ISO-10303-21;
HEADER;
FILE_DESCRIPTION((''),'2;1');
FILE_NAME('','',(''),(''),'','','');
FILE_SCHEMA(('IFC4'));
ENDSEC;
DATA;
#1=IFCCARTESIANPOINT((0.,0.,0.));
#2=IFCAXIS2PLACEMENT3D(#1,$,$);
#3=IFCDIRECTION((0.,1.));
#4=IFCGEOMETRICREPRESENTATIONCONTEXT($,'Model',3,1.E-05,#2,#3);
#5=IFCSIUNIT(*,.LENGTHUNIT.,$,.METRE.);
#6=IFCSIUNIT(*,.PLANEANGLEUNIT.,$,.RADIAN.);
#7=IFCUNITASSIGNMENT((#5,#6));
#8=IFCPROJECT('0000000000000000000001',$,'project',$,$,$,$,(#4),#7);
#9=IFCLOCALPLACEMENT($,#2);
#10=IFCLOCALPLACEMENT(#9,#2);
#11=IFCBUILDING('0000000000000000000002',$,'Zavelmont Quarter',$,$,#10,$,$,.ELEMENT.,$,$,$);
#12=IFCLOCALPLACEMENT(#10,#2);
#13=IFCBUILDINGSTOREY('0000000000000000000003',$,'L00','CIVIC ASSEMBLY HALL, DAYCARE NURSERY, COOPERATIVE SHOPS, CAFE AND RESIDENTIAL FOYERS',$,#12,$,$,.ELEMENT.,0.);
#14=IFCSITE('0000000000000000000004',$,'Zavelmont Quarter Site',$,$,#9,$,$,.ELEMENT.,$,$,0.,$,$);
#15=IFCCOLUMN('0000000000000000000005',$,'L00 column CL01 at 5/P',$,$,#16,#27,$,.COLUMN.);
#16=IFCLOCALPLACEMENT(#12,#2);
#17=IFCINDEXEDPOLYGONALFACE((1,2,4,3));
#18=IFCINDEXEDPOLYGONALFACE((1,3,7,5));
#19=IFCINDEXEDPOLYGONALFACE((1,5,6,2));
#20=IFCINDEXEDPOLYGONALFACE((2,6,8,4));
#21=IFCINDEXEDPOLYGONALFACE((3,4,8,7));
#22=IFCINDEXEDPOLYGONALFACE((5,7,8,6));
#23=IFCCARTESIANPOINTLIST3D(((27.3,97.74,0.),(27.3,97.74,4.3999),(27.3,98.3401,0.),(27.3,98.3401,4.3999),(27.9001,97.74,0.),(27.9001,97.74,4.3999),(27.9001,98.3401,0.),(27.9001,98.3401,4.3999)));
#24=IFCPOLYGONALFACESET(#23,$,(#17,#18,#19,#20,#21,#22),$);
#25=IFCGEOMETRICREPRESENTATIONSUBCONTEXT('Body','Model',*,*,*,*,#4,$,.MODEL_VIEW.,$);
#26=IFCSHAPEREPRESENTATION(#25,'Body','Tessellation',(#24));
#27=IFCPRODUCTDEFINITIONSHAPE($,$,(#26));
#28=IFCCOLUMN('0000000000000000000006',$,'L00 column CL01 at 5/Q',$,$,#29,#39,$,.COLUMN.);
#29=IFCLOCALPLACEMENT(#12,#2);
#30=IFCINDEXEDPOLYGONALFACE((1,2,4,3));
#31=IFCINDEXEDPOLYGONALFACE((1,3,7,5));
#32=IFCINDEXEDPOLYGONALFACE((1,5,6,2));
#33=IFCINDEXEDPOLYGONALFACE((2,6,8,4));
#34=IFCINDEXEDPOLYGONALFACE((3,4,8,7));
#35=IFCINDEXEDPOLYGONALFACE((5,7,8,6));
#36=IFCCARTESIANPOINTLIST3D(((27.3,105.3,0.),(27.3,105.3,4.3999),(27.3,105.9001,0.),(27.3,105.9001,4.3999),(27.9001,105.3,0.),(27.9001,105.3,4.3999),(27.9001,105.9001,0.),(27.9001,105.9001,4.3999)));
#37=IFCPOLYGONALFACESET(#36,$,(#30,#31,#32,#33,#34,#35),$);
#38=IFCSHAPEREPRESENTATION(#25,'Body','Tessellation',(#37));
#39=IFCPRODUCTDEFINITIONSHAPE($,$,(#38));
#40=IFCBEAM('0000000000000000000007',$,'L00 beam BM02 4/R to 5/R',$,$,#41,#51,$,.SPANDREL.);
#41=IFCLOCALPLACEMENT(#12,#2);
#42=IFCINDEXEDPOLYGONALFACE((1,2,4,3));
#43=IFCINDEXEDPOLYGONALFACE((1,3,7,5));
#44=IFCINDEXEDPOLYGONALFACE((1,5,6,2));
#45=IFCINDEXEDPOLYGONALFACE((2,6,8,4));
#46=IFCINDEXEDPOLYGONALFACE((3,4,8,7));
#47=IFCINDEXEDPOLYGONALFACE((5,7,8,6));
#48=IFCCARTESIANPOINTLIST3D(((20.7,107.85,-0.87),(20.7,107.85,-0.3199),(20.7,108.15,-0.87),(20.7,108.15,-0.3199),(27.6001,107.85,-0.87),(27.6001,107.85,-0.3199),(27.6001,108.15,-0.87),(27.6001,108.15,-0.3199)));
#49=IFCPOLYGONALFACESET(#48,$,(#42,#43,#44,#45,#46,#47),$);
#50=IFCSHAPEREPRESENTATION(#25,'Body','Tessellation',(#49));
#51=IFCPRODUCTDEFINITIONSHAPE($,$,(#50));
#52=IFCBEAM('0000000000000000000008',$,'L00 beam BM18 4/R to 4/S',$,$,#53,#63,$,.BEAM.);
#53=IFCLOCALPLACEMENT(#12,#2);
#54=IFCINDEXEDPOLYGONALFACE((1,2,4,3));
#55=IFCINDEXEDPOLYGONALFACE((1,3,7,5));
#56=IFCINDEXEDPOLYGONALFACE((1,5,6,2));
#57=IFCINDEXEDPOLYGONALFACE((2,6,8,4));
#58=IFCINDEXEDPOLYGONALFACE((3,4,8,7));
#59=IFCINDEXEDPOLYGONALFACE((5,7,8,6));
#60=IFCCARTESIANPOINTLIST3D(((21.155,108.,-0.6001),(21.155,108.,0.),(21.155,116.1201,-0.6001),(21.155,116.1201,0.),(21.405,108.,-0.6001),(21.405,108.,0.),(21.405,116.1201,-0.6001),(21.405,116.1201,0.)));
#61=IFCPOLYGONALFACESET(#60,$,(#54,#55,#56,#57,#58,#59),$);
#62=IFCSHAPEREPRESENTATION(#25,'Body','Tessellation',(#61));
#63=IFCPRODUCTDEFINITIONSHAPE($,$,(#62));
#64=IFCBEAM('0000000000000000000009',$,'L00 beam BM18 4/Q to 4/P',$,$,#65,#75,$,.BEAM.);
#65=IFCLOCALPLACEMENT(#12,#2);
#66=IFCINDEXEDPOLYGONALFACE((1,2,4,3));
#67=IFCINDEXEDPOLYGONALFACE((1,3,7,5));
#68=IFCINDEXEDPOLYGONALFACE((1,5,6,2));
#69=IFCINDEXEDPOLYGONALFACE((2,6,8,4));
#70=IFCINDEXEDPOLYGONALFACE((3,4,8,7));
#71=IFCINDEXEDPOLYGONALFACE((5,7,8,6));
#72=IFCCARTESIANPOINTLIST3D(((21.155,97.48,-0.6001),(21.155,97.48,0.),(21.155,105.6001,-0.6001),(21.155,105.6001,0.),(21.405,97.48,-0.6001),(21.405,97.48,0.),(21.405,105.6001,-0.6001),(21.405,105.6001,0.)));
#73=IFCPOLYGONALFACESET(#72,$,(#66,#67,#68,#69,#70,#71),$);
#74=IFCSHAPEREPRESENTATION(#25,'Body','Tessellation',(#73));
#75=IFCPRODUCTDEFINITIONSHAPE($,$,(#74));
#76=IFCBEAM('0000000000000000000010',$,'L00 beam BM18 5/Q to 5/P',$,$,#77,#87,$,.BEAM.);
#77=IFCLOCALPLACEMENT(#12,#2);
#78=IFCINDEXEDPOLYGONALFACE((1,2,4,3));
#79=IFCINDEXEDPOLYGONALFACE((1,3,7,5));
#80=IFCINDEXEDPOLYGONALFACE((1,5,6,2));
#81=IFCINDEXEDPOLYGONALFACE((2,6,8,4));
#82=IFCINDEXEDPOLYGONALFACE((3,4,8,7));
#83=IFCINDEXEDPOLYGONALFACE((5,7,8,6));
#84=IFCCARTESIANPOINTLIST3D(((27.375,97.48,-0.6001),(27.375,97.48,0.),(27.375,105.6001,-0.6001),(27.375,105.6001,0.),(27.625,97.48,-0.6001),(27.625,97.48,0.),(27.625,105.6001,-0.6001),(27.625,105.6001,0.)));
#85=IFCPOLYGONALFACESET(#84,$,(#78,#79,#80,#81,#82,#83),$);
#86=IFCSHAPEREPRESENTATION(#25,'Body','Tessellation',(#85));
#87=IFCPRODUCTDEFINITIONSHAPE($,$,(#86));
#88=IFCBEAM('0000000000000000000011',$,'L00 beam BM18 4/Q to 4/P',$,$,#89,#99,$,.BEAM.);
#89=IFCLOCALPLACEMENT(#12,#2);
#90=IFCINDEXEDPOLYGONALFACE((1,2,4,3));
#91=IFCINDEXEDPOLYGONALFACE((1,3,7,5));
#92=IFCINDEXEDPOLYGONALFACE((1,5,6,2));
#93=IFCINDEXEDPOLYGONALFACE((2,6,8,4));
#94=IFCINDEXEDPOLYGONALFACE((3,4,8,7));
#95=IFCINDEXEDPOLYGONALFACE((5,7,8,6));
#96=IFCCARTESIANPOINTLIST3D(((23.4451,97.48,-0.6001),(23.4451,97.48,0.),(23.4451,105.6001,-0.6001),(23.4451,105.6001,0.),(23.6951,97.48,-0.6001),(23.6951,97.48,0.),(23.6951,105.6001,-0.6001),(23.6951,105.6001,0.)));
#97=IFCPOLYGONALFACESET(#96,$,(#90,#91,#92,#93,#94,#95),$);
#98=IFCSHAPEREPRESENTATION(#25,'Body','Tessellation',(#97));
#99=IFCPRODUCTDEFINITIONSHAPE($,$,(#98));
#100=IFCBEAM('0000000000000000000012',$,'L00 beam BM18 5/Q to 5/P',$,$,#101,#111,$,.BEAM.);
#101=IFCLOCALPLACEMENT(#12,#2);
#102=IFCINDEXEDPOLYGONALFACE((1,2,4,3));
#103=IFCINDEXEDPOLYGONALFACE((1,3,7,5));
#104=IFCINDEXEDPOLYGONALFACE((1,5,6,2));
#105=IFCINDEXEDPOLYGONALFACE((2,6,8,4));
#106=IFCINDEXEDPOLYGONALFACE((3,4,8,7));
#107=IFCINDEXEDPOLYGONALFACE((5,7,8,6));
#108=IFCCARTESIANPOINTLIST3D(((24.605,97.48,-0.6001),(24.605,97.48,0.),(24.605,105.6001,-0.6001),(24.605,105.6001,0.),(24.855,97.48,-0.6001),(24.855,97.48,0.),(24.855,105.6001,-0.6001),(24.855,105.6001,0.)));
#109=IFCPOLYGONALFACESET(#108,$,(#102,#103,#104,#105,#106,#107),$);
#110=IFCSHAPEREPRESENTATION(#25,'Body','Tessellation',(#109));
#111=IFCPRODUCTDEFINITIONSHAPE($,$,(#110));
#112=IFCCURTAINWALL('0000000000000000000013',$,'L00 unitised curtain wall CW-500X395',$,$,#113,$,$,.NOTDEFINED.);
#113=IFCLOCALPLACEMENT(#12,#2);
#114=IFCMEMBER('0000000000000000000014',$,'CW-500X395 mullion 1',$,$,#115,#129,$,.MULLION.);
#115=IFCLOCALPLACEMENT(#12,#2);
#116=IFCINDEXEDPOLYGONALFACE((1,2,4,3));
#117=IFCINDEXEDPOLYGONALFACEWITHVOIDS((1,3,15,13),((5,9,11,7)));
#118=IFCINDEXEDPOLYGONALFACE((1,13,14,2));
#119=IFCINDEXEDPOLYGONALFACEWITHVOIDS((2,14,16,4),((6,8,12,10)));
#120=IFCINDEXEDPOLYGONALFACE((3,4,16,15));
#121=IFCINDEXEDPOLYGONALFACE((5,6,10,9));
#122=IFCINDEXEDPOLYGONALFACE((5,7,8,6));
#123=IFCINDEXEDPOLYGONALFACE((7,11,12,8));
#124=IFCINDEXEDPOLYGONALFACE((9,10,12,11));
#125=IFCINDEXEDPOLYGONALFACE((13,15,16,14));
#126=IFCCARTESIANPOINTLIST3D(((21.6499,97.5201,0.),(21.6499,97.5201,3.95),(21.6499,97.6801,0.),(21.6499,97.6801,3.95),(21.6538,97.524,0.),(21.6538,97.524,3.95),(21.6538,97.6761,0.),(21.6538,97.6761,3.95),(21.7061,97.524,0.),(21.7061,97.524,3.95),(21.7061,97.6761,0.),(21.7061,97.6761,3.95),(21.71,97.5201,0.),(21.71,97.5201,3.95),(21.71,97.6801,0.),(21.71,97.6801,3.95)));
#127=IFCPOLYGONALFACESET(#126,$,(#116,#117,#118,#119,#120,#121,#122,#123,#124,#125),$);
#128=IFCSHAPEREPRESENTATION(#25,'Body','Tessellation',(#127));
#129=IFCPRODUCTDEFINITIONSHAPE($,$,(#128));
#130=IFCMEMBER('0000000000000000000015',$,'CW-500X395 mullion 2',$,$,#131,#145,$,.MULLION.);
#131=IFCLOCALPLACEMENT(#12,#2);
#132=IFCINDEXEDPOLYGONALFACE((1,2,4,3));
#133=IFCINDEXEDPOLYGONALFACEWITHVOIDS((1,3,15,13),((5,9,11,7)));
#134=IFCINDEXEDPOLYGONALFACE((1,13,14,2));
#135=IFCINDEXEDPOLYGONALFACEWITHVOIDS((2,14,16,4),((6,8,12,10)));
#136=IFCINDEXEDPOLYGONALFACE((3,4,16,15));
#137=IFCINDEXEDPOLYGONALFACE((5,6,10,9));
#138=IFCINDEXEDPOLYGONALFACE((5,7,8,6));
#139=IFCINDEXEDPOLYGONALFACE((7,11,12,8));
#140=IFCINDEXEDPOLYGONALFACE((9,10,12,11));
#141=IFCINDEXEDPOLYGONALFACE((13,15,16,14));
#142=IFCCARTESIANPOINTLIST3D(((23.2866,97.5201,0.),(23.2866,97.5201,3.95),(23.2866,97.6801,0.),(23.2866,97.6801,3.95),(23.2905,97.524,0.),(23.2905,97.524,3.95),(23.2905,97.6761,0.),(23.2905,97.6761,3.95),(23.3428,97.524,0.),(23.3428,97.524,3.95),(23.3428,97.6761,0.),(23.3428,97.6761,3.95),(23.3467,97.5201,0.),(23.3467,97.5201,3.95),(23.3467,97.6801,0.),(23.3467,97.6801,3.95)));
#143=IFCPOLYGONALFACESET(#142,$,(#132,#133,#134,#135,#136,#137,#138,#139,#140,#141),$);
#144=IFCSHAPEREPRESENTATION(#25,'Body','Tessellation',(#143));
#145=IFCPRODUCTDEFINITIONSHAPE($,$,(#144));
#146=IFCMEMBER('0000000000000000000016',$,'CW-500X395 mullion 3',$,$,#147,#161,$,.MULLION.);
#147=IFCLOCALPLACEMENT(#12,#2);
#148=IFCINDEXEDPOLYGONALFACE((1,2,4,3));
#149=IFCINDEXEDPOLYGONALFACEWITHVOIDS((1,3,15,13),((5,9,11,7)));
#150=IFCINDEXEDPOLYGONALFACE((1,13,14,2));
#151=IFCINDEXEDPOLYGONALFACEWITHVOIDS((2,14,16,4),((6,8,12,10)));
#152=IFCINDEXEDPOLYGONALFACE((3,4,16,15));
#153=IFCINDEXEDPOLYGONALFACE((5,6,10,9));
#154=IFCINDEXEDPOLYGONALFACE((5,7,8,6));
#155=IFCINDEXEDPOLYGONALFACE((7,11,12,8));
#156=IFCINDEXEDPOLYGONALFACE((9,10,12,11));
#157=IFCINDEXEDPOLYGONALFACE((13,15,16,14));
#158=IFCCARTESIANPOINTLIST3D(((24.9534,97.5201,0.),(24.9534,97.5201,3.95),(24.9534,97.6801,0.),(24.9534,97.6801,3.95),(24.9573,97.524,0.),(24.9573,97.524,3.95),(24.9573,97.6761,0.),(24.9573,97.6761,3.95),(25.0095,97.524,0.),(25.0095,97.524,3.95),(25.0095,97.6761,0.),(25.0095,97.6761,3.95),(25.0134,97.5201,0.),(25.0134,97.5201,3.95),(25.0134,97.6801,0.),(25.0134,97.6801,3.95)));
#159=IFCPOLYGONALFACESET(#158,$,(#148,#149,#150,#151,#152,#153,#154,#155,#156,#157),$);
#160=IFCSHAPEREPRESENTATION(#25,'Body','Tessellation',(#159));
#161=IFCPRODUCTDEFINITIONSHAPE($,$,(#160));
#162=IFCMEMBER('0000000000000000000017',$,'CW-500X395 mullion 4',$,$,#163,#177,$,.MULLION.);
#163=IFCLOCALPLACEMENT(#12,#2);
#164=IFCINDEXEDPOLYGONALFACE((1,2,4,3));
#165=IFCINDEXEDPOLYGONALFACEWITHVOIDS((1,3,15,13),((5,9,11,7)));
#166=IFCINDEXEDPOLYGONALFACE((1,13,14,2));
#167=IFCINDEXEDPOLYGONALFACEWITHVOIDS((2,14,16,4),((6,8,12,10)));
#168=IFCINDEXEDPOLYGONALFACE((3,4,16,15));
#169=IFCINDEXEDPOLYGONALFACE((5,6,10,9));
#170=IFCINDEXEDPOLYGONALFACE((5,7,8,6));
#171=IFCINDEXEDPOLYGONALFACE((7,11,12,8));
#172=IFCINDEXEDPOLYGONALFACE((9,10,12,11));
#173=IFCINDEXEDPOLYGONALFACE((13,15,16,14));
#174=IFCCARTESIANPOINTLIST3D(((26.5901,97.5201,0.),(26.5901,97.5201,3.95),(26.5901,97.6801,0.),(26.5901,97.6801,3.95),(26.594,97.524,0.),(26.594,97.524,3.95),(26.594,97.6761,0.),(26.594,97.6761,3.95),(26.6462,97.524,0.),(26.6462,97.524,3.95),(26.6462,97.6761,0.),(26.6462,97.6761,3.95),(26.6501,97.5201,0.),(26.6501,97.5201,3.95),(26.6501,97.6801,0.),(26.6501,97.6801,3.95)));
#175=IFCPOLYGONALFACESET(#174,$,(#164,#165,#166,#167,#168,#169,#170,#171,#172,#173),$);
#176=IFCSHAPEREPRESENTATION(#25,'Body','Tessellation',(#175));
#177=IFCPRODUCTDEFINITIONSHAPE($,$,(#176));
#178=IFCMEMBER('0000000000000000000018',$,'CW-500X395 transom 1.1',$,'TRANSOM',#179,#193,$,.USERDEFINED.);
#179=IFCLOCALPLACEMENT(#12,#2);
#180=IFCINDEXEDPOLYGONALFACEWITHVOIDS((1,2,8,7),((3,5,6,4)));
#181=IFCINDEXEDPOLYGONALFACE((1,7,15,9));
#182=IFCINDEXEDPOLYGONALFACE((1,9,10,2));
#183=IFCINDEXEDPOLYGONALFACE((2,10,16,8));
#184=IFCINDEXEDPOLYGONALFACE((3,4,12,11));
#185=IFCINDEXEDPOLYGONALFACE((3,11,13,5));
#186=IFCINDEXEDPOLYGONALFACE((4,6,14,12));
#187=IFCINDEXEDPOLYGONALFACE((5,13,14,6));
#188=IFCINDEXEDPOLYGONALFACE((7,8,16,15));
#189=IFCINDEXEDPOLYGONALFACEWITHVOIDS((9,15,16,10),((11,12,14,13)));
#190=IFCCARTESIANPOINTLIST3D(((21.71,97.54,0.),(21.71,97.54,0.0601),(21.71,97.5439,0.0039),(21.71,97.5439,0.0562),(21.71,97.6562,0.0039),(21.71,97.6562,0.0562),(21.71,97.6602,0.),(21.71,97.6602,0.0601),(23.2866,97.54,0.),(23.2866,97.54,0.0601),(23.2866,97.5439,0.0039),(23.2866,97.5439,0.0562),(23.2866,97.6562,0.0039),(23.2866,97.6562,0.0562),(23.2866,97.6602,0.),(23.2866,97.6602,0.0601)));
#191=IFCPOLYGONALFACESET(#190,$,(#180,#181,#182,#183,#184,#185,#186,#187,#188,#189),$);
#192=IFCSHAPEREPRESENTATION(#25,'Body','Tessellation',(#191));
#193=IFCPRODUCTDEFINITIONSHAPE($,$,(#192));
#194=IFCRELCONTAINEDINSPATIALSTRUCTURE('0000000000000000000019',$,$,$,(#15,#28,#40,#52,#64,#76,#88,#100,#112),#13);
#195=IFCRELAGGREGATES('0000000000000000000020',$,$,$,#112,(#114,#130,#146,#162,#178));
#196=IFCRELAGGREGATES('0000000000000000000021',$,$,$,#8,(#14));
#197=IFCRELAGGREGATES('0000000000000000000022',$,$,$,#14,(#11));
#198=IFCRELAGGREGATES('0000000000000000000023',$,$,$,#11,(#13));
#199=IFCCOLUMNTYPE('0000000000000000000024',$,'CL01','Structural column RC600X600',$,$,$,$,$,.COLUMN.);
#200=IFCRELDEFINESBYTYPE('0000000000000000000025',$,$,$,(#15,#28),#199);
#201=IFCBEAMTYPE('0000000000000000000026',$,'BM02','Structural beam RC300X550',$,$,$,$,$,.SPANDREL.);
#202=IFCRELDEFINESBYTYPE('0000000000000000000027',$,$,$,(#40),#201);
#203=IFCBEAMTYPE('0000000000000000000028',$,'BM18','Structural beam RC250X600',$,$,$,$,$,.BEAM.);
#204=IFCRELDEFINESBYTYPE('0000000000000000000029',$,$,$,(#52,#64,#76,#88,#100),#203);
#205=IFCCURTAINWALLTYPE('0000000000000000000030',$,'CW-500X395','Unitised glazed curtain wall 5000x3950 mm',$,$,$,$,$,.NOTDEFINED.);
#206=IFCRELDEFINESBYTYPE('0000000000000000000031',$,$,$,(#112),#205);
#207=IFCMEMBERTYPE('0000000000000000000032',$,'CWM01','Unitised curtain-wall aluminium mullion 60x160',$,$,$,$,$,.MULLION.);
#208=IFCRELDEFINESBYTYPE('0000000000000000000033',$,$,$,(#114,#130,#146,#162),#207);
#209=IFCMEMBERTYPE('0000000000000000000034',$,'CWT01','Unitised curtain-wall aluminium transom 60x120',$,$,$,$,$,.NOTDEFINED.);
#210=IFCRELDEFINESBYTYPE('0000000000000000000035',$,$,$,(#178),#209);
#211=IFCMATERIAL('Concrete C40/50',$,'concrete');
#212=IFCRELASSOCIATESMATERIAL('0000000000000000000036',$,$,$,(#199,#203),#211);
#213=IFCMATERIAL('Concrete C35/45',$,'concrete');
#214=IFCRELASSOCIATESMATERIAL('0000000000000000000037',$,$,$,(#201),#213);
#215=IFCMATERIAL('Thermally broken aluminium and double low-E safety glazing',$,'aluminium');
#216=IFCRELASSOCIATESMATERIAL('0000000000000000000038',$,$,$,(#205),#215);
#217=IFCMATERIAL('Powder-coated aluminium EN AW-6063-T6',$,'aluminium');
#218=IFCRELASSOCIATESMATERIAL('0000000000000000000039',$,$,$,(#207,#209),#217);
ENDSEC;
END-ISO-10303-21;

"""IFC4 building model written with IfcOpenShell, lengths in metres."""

from ifc_helpers import new_model, si_unit, direction, frame, origin, origin_2d, place, context, subcontext, project, spatial, rectangle, hollow_rectangle, extrude, material, material_profile, profile_set, type_object, element, aggregate, save


model = new_model("IFC4")

# Units and contexts
model_context = context("Model", 3, precision=1e-05, world=origin(), true_north=direction((0.0, 1.0)))
body_context = subcontext(model_context, "Body", "Model", "MODEL_VIEW")
ifc_project = project(units=[si_unit("LENGTHUNIT", "METRE"), si_unit("PLANEANGLEUNIT", "RADIAN")], contexts=[model_context])

# Site, building, storey
site_placement = place(None, origin())
site = spatial("IfcSite", under=ifc_project, at=site_placement, Name="Zavelmont Quarter Site", CompositionType="ELEMENT", RefElevation=0.0)
building_placement = place(site_placement, origin())
building = spatial("IfcBuilding", under=site, at=building_placement, Name="Zavelmont Quarter", CompositionType="ELEMENT")
storey_placement = place(building_placement, origin())
storey = spatial("IfcBuildingStorey", under=building, at=storey_placement, Name="L00", Description="CIVIC ASSEMBLY HALL, DAYCARE NURSERY, COOPERATIVE SHOPS, CAFE AND RESIDENTIAL FOYERS", CompositionType="ELEMENT", Elevation=0.0)

# Columns
ifc_material_1 = material(Name="Concrete C40/50", Category="concrete")
ifc_material_profile_1 = material_profile(ifc_material_1, rectangle(XDim=0.6001, YDim=0.6001, at=origin_2d()), Name="RC600X600")
ifc_profile_set_1 = profile_set([ifc_material_profile_1], Name="Concrete C40/50")
column_type = type_object("IfcColumnType", Name="CL01", Description="Structural column RC600X600", PredefinedType="COLUMN", material=ifc_profile_set_1)
for number, where, z_axis, x_axis, name in (
    (1, (27.6001, 98.04, 0.0), (0.0, 0.0, 1.0), (1.0, 0.0, 0.0), "L00 column CL01 at 5/P"),
    (2, (27.6001, 105.6001, 0.0), (0.0, 0.0, 1.0), (1.0, 0.0, 0.0), "L00 column CL01 at 5/Q"),
):
    element("IfcColumn", number, at=place(storey_placement, frame(where, z_axis=z_axis, x_axis=x_axis)), inside=storey, type_object=column_type, Name=name, PredefinedType="COLUMN", context=body_context, shape_type="SweptSolid", body=[
        extrude(rectangle(XDim=0.6001, YDim=0.6001, at=origin_2d()), origin(), (0.0, 0.0, 1.0), 4.3999),
    ])

# Beams
ifc_material_2 = material(Name="Concrete C35/45", Category="concrete")
ifc_material_profile_2 = material_profile(ifc_material_2, rectangle(XDim=0.3, YDim=0.55, at=origin_2d()), Name="RC300X550")
ifc_profile_set_2 = profile_set([ifc_material_profile_2], Name="Concrete C35/45")
beam_type_1 = type_object("IfcBeamType", Name="BM02", Description="Structural beam RC300X550", PredefinedType="SPANDREL", material=ifc_profile_set_2)
beam_placement = place(storey_placement, frame((20.7, 108.0, -0.595), z_axis=(1.0, 0.0, 0.0), x_axis=(0.0, 1.0, 0.0)))
element("IfcBeam", 3, at=beam_placement, inside=storey, type_object=beam_type_1, Name="L00 beam BM02 4/R to 5/R", PredefinedType="SPANDREL", context=body_context, shape_type="SweptSolid", body=[
    extrude(rectangle(XDim=0.3, YDim=0.55, at=origin_2d()), origin(), (0.0, 0.0, 1.0), 6.9001),
])
ifc_material_profile_3 = material_profile(ifc_material_1, rectangle(XDim=0.25, YDim=0.6001, at=origin_2d()), Name="RC250X600")
ifc_profile_set_3 = profile_set([ifc_material_profile_3], Name="Concrete C40/50")
beam_type_2 = type_object("IfcBeamType", Name="BM18", Description="Structural beam RC250X600", PredefinedType="BEAM", material=ifc_profile_set_3)
for number, where, z_axis, x_axis, name in (
    (4, (21.28, 108.0, -0.3), (0.0, 1.0, 0.0), (-1.0, 0.0, 0.0), "L00 beam BM18 4/R to 4/S"),
    (5, (21.28, 105.6001, -0.3), (0.0, -1.0, 0.0), (1.0, 0.0, 0.0), "L00 beam BM18 4/Q to 4/P"),
    (6, (27.5, 105.6001, -0.3), (0.0, -1.0, 0.0), (1.0, 0.0, 0.0), "L00 beam BM18 5/Q to 5/P"),
    (7, (23.5701, 105.6001, -0.3), (0.0, -1.0, 0.0), (1.0, 0.0, 0.0), "L00 beam BM18 4/Q to 4/P"),
    (8, (24.73, 105.6001, -0.3), (0.0, -1.0, 0.0), (1.0, 0.0, 0.0), "L00 beam BM18 5/Q to 5/P"),
):
    element("IfcBeam", number, at=place(storey_placement, frame(where, z_axis=z_axis, x_axis=x_axis)), inside=storey, type_object=beam_type_2, Name=name, PredefinedType="BEAM", context=body_context, shape_type="SweptSolid", body=[
        extrude(rectangle(XDim=0.25, YDim=0.6001, at=origin_2d()), origin(), (0.0, 0.0, 1.0), 8.1201),
    ])

# Curtain wall, members
ifc_material_3 = material(Name="Thermally broken aluminium and double low-E safety glazing", Category="aluminium")
curtain_wall_type = type_object("IfcCurtainWallType", Name="CW-500X395", Description="Unitised glazed curtain wall 5000x3950 mm", PredefinedType="NOTDEFINED", material=ifc_material_3)
curtain_wall_placement = place(storey_placement, origin())
curtain_wall = element("IfcCurtainWall", 9, at=curtain_wall_placement, inside=storey, type_object=curtain_wall_type, Name="L00 unitised curtain wall CW-500X395", PredefinedType="NOTDEFINED")
ifc_material_4 = material(Name="Powder-coated aluminium EN AW-6063-T6", Category="aluminium")
ifc_material_profile_4 = material_profile(ifc_material_4, hollow_rectangle(XDim=0.0601, YDim=0.1599, WallThickness=0.0039, at=origin_2d()), Name="CWM60X160")
ifc_profile_set_4 = profile_set([ifc_material_profile_4], Name="Powder-coated aluminium EN AW-6063-T6")
member_type_1 = type_object("IfcMemberType", Name="CWM01", Description="Unitised curtain-wall aluminium mullion 60x160", PredefinedType="MULLION", material=ifc_profile_set_4)
member_1_placement = place(storey_placement, frame((21.6799, 97.6001, 0.0), z_axis=(0.0, 0.0, 1.0), x_axis=(1.0, 0.0, 0.0)))
member_1 = element("IfcMember", 10, at=member_1_placement, type_object=member_type_1, Name="CW-500X395 mullion 1", PredefinedType="MULLION", context=body_context, shape_type="SweptSolid", body=[
    extrude(hollow_rectangle(XDim=0.0601, YDim=0.1599, WallThickness=0.0039, at=origin_2d()), origin(), (0.0, 0.0, 1.0), 3.95),
])
member_2_placement = place(storey_placement, frame((23.3167, 97.6001, 0.0), z_axis=(0.0, 0.0, 1.0), x_axis=(1.0, 0.0, 0.0)))
member_2 = element("IfcMember", 11, at=member_2_placement, type_object=member_type_1, Name="CW-500X395 mullion 2", PredefinedType="MULLION", context=body_context, shape_type="SweptSolid", body=[
    extrude(hollow_rectangle(XDim=0.0601, YDim=0.1599, WallThickness=0.0039, at=origin_2d()), origin(), (0.0, 0.0, 1.0), 3.95),
])
member_3_placement = place(storey_placement, frame((24.9834, 97.6001, 0.0), z_axis=(0.0, 0.0, 1.0), x_axis=(1.0, 0.0, 0.0)))
member_3 = element("IfcMember", 12, at=member_3_placement, type_object=member_type_1, Name="CW-500X395 mullion 3", PredefinedType="MULLION", context=body_context, shape_type="SweptSolid", body=[
    extrude(hollow_rectangle(XDim=0.0601, YDim=0.1599, WallThickness=0.0039, at=origin_2d()), origin(), (0.0, 0.0, 1.0), 3.95),
])
member_4_placement = place(storey_placement, frame((26.6201, 97.6001, 0.0), z_axis=(0.0, 0.0, 1.0), x_axis=(1.0, 0.0, 0.0)))
member_4 = element("IfcMember", 13, at=member_4_placement, type_object=member_type_1, Name="CW-500X395 mullion 4", PredefinedType="MULLION", context=body_context, shape_type="SweptSolid", body=[
    extrude(hollow_rectangle(XDim=0.0601, YDim=0.1599, WallThickness=0.0039, at=origin_2d()), origin(), (0.0, 0.0, 1.0), 3.95),
])
ifc_material_profile_5 = material_profile(ifc_material_4, hollow_rectangle(XDim=0.1201, YDim=0.0601, WallThickness=0.0039, at=origin_2d()), Name="CWT60X120")
ifc_profile_set_5 = profile_set([ifc_material_profile_5], Name="Powder-coated aluminium EN AW-6063-T6")
member_type_2 = type_object("IfcMemberType", Name="CWT01", Description="Unitised curtain-wall aluminium transom 60x120", PredefinedType="NOTDEFINED", material=ifc_profile_set_5)
member_5_placement = place(storey_placement, frame((21.71, 97.6001, 0.03), z_axis=(1.0, 0.0, 0.0), x_axis=(0.0, 1.0, 0.0)))
member_5 = element("IfcMember", 14, at=member_5_placement, type_object=member_type_2, Name="CW-500X395 transom 1.1", ObjectType="TRANSOM", PredefinedType="USERDEFINED", context=body_context, shape_type="SweptSolid", body=[
    extrude(hollow_rectangle(XDim=0.1201, YDim=0.0601, WallThickness=0.0039, at=origin_2d()), origin(), (0.0, 0.0, 1.0), 1.5767),
])
aggregate(curtain_wall, [member_1, member_2, member_3, member_4, member_5])

save(model, "model.ifc")
